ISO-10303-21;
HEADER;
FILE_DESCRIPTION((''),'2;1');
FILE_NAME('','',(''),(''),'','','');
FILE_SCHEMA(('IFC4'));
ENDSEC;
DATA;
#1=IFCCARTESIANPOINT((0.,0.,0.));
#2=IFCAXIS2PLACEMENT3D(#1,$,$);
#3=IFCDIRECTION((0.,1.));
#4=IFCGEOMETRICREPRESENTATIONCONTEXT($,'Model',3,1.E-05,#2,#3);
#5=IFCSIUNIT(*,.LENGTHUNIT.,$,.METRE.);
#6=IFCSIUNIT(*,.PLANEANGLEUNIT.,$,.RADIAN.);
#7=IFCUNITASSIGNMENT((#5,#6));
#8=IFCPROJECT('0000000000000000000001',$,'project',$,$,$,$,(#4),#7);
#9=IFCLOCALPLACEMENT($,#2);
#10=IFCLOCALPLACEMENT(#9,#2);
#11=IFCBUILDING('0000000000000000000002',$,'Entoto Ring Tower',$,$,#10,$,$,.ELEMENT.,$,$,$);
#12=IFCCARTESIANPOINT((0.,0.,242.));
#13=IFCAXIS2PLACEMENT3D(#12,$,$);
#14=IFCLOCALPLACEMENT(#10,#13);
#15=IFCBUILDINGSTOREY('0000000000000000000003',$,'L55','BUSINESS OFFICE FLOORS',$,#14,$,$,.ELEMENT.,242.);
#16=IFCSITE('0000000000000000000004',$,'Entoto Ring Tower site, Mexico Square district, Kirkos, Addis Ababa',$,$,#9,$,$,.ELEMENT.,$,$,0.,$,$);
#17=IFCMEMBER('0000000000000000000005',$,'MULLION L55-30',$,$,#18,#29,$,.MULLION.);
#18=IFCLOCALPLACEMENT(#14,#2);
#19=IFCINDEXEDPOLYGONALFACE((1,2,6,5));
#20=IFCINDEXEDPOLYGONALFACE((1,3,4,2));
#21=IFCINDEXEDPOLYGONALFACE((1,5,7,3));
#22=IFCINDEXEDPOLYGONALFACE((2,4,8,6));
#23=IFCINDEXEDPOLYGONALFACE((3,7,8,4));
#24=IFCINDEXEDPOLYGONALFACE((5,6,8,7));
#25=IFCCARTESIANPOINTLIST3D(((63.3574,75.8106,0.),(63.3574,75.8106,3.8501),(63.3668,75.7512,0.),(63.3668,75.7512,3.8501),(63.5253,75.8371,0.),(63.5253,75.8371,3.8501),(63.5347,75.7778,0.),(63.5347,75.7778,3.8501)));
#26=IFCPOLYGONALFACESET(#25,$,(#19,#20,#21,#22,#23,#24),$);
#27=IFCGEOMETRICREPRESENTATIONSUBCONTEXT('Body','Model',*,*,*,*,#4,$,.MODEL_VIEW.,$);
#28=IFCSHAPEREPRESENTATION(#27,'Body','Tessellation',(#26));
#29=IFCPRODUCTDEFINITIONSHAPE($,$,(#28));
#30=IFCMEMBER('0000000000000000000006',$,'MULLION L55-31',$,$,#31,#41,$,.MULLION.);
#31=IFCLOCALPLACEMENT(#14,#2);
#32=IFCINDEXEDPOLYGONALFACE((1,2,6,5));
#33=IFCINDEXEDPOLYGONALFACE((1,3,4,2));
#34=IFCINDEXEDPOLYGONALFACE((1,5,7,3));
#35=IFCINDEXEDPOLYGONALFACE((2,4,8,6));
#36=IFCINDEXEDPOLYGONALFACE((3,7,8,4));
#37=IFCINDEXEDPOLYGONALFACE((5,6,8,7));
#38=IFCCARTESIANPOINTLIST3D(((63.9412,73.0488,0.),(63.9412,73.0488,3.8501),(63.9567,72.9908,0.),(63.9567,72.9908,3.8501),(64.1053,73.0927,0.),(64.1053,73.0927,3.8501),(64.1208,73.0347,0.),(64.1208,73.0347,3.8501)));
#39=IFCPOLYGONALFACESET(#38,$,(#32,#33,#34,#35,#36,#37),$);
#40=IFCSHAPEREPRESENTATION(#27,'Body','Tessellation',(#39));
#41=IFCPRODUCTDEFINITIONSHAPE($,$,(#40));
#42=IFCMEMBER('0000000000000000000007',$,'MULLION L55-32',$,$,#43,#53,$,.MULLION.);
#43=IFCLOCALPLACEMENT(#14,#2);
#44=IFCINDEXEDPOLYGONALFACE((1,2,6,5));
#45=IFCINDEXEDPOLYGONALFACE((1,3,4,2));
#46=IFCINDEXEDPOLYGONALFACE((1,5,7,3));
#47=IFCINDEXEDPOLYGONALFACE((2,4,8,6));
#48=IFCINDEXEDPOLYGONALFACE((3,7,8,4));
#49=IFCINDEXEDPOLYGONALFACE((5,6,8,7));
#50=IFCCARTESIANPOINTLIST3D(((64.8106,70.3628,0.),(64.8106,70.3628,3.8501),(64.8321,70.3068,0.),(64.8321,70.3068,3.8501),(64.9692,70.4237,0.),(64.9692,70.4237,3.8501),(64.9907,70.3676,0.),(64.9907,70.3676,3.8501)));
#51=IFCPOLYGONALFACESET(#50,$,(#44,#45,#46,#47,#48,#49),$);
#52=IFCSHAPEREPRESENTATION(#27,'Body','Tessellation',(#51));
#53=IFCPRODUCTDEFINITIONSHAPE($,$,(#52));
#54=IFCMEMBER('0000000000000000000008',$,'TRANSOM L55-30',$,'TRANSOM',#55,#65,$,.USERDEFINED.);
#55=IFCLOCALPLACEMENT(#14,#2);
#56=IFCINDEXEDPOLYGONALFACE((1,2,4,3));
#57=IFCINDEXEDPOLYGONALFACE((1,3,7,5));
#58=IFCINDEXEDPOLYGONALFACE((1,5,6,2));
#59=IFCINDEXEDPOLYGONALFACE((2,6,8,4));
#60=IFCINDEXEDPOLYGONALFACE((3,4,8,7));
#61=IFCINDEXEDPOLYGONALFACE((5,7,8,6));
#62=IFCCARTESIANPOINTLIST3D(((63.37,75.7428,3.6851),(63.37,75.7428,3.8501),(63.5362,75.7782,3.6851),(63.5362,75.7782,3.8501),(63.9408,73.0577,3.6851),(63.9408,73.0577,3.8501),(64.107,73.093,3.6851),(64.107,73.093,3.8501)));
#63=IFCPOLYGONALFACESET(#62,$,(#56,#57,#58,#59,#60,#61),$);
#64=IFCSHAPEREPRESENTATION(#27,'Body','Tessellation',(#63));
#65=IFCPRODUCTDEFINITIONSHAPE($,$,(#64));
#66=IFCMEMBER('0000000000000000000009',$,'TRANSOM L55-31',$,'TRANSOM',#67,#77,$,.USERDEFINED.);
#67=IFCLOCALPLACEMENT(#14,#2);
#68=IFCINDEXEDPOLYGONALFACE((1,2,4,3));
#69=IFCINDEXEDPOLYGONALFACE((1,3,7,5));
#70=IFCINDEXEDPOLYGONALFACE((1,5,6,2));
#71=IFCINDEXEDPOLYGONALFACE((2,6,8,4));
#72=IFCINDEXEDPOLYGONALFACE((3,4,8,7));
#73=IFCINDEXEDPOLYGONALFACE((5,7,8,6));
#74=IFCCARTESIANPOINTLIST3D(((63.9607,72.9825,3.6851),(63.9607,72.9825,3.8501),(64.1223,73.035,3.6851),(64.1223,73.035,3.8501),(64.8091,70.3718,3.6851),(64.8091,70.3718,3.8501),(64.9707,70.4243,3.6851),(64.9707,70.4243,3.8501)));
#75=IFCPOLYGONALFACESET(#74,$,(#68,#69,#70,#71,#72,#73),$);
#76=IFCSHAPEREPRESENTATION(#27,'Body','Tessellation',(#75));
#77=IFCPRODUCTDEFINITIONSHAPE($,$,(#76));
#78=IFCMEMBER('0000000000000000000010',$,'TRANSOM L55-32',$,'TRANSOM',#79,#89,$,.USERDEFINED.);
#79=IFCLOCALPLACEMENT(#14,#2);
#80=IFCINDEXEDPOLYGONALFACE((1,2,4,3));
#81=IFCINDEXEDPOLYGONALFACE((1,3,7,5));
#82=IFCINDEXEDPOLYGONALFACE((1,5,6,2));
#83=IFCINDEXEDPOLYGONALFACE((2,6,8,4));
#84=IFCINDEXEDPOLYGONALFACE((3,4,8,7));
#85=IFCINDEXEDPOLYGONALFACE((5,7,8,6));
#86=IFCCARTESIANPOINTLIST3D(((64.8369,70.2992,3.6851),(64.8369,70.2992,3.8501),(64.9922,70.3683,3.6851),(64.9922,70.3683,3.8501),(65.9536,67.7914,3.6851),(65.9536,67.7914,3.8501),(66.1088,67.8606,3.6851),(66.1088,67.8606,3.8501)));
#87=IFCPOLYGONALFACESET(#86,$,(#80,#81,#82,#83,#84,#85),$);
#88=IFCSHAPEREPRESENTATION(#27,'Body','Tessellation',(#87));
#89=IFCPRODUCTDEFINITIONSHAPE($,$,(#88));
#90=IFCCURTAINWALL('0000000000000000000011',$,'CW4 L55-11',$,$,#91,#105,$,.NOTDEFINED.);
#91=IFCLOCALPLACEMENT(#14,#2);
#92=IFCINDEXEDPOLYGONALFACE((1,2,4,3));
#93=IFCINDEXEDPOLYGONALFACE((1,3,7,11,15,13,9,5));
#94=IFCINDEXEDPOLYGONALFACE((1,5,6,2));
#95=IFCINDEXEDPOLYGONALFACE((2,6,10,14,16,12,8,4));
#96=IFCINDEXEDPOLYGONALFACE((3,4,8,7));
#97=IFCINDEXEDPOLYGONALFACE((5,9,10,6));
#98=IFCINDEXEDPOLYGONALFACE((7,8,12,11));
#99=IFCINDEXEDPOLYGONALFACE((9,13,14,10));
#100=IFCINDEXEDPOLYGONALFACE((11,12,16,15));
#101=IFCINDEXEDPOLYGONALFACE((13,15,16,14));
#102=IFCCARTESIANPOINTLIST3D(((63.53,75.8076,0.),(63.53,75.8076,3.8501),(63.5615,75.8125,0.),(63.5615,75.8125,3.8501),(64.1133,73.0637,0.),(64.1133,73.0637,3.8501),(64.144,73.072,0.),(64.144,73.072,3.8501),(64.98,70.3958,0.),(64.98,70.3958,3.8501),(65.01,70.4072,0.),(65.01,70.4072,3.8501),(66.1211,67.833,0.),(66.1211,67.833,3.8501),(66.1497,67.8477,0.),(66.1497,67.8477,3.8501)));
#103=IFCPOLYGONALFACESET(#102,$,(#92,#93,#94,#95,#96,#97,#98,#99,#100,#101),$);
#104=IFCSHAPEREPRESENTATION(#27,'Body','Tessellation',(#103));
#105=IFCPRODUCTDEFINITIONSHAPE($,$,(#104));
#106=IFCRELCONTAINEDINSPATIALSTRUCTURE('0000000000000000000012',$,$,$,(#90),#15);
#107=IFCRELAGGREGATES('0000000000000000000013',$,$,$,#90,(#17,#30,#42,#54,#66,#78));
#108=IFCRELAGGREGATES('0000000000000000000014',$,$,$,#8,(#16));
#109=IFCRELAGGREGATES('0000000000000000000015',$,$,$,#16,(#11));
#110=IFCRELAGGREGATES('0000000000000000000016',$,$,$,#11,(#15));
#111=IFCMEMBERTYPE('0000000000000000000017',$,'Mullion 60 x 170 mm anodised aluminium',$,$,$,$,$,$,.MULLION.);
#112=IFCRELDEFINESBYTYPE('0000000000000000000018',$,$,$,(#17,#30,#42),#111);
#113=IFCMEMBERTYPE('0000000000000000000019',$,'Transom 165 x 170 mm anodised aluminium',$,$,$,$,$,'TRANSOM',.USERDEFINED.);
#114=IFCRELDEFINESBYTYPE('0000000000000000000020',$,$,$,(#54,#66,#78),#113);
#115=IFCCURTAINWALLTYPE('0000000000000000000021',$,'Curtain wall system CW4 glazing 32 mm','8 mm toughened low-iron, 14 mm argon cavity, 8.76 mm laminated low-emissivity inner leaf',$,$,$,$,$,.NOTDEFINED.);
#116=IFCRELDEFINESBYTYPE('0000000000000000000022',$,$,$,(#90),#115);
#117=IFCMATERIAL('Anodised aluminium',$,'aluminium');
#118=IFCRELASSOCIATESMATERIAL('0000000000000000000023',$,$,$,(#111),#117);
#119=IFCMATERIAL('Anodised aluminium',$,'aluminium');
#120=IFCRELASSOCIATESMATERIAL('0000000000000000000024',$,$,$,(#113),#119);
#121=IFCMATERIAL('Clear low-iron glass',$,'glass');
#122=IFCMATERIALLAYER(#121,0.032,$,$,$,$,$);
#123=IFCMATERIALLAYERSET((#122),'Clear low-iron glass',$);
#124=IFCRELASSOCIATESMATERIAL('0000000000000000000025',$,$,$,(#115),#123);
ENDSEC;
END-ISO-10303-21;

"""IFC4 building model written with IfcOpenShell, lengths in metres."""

from ifc_helpers import new_model, si_unit, direction, frame, origin, origin_2d, place, context, subcontext, project, spatial, polyline, rectangle, outline, extrude, material, layer, layer_set, material_profile, profile_set, type_object, element, aggregate, save


model = new_model("IFC4")

# Units and contexts
model_context = context("Model", 3, precision=1e-05, world=origin(), true_north=direction((0.0, 1.0)))
body_context = subcontext(model_context, "Body", "Model", "MODEL_VIEW")
ifc_project = project(units=[si_unit("LENGTHUNIT", "METRE"), si_unit("PLANEANGLEUNIT", "RADIAN")], contexts=[model_context])

# Members
ifc_material_1 = material(Name="Anodised aluminium", Category="aluminium")
ifc_material_profile_1 = material_profile(ifc_material_1, rectangle(XDim=0.0601, YDim=0.1699, at=origin_2d()), Name="Mullion 60 x 170 mm anodised aluminium")
ifc_profile_set_1 = profile_set([ifc_material_profile_1], Name="Anodised aluminium")
member_type_1 = type_object("IfcMemberType", Name="Mullion 60 x 170 mm anodised aluminium", PredefinedType="MULLION", material=ifc_profile_set_1)
site_placement = place(None, origin())
building_placement = place(site_placement, origin())
storey_placement = place(building_placement, frame((0.0, 0.0, 242.0)))
member_1_placement = place(storey_placement, frame((63.446, 75.7942, 0.0), z_axis=(0.0, 0.0, 1.0), x_axis=(0.156434, -0.987688, 0.0)))
member_1 = element("IfcMember", 1, at=member_1_placement, type_object=member_type_1, Name="MULLION L55-30", PredefinedType="MULLION", context=body_context, shape_type="SweptSolid", body=[
    extrude(rectangle(XDim=0.0601, YDim=0.1699, at=origin_2d()), origin(), (0.0, 0.0, 1.0), 3.8501),
])
member_2_placement = place(storey_placement, frame((64.031, 73.0417, 0.0), z_axis=(0.0, 0.0, 1.0), x_axis=(0.258819, -0.965926, 0.0)))
member_2 = element("IfcMember", 2, at=member_2_placement, type_object=member_type_1, Name="MULLION L55-31", PredefinedType="MULLION", context=body_context, shape_type="SweptSolid", body=[
    extrude(rectangle(XDim=0.0601, YDim=0.1699, at=origin_2d()), origin(), (0.0, 0.0, 1.0), 3.8501),
])
member_3_placement = place(storey_placement, frame((64.9006, 70.3652, 0.0), z_axis=(0.0, 0.0, 1.0), x_axis=(0.358368, -0.93358, 0.0)))
member_3 = element("IfcMember", 3, at=member_3_placement, type_object=member_type_1, Name="MULLION L55-32", PredefinedType="MULLION", context=body_context, shape_type="SweptSolid", body=[
    extrude(rectangle(XDim=0.0601, YDim=0.1699, at=origin_2d()), origin(), (0.0, 0.0, 1.0), 3.8501),
])
ifc_material_2 = material(Name="Anodised aluminium", Category="aluminium")
ifc_material_profile_2 = material_profile(ifc_material_2, rectangle(XDim=0.1699, YDim=0.165, at=origin_2d()), Name="Transom 165 x 170 mm anodised aluminium")
ifc_profile_set_2 = profile_set([ifc_material_profile_2], Name="Anodised aluminium")
member_type_2 = type_object("IfcMemberType", Name="Transom 165 x 170 mm anodised aluminium", ElementType="TRANSOM", PredefinedType="USERDEFINED", material=ifc_profile_set_2)
member_4_placement = place(storey_placement, frame((63.4531, 75.7605, 3.7676), z_axis=(0.207937, -0.978142, 0.0), x_axis=(0.978142, 0.207937, 0.0)))
member_4 = element("IfcMember", 4, at=member_4_placement, type_object=member_type_2, Name="TRANSOM L55-30", ObjectType="TRANSOM", PredefinedType="USERDEFINED", context=body_context, shape_type="SweptSolid", body=[
    extrude(rectangle(XDim=0.1699, YDim=0.165, at=origin_2d()), origin(), (0.0, 0.0, 1.0), 2.7451),
])
member_5_placement = place(storey_placement, frame((64.0415, 73.0088, 3.7676), z_axis=(0.309042, -0.951048, 0.0), x_axis=(0.951048, 0.309042, 0.0)))
member_5 = element("IfcMember", 5, at=member_5_placement, type_object=member_type_2, Name="TRANSOM L55-31", ObjectType="TRANSOM", PredefinedType="USERDEFINED", context=body_context, shape_type="SweptSolid", body=[
    extrude(rectangle(XDim=0.1699, YDim=0.165, at=origin_2d()), origin(), (0.0, 0.0, 1.0), 2.7451),
])
member_6_placement = place(storey_placement, frame((64.9146, 70.3337, 3.7676), z_axis=(0.406782, -0.913525, 0.0), x_axis=(0.913525, 0.406782, 0.0)))
member_6 = element("IfcMember", 6, at=member_6_placement, type_object=member_type_2, Name="TRANSOM L55-32", ObjectType="TRANSOM", PredefinedType="USERDEFINED", context=body_context, shape_type="SweptSolid", body=[
    extrude(rectangle(XDim=0.1699, YDim=0.165, at=origin_2d()), origin(), (0.0, 0.0, 1.0), 2.7451),
])

# Site, building, storey
site = spatial("IfcSite", under=ifc_project, at=site_placement, Name="Entoto Ring Tower site, Mexico Square district, Kirkos, Addis Ababa", CompositionType="ELEMENT", RefElevation=0.0)
building = spatial("IfcBuilding", under=site, at=building_placement, Name="Entoto Ring Tower", CompositionType="ELEMENT")
storey = spatial("IfcBuildingStorey", under=building, at=storey_placement, Name="L55", Description="BUSINESS OFFICE FLOORS", CompositionType="ELEMENT", Elevation=242.0)

# Curtain wall
ifc_material_3 = material(Name="Clear low-iron glass", Category="glass")
ifc_layer = layer(ifc_material_3, 0.032)
ifc_layer_set = layer_set([ifc_layer], Name="Clear low-iron glass")
curtain_wall_type = type_object("IfcCurtainWallType", Name="Curtain wall system CW4 glazing 32 mm", Description="8 mm toughened low-iron, 14 mm argon cavity, 8.76 mm laminated low-emissivity inner leaf", PredefinedType="NOTDEFINED", material=ifc_layer_set)
curtain_wall_1_placement = place(storey_placement, origin())
curtain_wall_1 = element("IfcCurtainWall", 7, at=curtain_wall_1_placement, inside=storey, type_object=curtain_wall_type, Name="CW4 L55-11", PredefinedType="NOTDEFINED", context=body_context, shape_type="SweptSolid", body=[
    extrude(outline(polyline([(63.53, 75.8076), (64.1133, 73.0637), (64.98, 70.3958), (66.1211, 67.833), (66.1497, 67.8477), (65.01, 70.4072), (64.144, 73.072), (63.5615, 75.8125), (63.53, 75.8076)])), origin(), (0.0, 0.0, 1.0), 3.8501),
])
aggregate(curtain_wall_1, [member_1, member_2, member_3, member_4, member_5, member_6])

save(model, "model.ifc")
